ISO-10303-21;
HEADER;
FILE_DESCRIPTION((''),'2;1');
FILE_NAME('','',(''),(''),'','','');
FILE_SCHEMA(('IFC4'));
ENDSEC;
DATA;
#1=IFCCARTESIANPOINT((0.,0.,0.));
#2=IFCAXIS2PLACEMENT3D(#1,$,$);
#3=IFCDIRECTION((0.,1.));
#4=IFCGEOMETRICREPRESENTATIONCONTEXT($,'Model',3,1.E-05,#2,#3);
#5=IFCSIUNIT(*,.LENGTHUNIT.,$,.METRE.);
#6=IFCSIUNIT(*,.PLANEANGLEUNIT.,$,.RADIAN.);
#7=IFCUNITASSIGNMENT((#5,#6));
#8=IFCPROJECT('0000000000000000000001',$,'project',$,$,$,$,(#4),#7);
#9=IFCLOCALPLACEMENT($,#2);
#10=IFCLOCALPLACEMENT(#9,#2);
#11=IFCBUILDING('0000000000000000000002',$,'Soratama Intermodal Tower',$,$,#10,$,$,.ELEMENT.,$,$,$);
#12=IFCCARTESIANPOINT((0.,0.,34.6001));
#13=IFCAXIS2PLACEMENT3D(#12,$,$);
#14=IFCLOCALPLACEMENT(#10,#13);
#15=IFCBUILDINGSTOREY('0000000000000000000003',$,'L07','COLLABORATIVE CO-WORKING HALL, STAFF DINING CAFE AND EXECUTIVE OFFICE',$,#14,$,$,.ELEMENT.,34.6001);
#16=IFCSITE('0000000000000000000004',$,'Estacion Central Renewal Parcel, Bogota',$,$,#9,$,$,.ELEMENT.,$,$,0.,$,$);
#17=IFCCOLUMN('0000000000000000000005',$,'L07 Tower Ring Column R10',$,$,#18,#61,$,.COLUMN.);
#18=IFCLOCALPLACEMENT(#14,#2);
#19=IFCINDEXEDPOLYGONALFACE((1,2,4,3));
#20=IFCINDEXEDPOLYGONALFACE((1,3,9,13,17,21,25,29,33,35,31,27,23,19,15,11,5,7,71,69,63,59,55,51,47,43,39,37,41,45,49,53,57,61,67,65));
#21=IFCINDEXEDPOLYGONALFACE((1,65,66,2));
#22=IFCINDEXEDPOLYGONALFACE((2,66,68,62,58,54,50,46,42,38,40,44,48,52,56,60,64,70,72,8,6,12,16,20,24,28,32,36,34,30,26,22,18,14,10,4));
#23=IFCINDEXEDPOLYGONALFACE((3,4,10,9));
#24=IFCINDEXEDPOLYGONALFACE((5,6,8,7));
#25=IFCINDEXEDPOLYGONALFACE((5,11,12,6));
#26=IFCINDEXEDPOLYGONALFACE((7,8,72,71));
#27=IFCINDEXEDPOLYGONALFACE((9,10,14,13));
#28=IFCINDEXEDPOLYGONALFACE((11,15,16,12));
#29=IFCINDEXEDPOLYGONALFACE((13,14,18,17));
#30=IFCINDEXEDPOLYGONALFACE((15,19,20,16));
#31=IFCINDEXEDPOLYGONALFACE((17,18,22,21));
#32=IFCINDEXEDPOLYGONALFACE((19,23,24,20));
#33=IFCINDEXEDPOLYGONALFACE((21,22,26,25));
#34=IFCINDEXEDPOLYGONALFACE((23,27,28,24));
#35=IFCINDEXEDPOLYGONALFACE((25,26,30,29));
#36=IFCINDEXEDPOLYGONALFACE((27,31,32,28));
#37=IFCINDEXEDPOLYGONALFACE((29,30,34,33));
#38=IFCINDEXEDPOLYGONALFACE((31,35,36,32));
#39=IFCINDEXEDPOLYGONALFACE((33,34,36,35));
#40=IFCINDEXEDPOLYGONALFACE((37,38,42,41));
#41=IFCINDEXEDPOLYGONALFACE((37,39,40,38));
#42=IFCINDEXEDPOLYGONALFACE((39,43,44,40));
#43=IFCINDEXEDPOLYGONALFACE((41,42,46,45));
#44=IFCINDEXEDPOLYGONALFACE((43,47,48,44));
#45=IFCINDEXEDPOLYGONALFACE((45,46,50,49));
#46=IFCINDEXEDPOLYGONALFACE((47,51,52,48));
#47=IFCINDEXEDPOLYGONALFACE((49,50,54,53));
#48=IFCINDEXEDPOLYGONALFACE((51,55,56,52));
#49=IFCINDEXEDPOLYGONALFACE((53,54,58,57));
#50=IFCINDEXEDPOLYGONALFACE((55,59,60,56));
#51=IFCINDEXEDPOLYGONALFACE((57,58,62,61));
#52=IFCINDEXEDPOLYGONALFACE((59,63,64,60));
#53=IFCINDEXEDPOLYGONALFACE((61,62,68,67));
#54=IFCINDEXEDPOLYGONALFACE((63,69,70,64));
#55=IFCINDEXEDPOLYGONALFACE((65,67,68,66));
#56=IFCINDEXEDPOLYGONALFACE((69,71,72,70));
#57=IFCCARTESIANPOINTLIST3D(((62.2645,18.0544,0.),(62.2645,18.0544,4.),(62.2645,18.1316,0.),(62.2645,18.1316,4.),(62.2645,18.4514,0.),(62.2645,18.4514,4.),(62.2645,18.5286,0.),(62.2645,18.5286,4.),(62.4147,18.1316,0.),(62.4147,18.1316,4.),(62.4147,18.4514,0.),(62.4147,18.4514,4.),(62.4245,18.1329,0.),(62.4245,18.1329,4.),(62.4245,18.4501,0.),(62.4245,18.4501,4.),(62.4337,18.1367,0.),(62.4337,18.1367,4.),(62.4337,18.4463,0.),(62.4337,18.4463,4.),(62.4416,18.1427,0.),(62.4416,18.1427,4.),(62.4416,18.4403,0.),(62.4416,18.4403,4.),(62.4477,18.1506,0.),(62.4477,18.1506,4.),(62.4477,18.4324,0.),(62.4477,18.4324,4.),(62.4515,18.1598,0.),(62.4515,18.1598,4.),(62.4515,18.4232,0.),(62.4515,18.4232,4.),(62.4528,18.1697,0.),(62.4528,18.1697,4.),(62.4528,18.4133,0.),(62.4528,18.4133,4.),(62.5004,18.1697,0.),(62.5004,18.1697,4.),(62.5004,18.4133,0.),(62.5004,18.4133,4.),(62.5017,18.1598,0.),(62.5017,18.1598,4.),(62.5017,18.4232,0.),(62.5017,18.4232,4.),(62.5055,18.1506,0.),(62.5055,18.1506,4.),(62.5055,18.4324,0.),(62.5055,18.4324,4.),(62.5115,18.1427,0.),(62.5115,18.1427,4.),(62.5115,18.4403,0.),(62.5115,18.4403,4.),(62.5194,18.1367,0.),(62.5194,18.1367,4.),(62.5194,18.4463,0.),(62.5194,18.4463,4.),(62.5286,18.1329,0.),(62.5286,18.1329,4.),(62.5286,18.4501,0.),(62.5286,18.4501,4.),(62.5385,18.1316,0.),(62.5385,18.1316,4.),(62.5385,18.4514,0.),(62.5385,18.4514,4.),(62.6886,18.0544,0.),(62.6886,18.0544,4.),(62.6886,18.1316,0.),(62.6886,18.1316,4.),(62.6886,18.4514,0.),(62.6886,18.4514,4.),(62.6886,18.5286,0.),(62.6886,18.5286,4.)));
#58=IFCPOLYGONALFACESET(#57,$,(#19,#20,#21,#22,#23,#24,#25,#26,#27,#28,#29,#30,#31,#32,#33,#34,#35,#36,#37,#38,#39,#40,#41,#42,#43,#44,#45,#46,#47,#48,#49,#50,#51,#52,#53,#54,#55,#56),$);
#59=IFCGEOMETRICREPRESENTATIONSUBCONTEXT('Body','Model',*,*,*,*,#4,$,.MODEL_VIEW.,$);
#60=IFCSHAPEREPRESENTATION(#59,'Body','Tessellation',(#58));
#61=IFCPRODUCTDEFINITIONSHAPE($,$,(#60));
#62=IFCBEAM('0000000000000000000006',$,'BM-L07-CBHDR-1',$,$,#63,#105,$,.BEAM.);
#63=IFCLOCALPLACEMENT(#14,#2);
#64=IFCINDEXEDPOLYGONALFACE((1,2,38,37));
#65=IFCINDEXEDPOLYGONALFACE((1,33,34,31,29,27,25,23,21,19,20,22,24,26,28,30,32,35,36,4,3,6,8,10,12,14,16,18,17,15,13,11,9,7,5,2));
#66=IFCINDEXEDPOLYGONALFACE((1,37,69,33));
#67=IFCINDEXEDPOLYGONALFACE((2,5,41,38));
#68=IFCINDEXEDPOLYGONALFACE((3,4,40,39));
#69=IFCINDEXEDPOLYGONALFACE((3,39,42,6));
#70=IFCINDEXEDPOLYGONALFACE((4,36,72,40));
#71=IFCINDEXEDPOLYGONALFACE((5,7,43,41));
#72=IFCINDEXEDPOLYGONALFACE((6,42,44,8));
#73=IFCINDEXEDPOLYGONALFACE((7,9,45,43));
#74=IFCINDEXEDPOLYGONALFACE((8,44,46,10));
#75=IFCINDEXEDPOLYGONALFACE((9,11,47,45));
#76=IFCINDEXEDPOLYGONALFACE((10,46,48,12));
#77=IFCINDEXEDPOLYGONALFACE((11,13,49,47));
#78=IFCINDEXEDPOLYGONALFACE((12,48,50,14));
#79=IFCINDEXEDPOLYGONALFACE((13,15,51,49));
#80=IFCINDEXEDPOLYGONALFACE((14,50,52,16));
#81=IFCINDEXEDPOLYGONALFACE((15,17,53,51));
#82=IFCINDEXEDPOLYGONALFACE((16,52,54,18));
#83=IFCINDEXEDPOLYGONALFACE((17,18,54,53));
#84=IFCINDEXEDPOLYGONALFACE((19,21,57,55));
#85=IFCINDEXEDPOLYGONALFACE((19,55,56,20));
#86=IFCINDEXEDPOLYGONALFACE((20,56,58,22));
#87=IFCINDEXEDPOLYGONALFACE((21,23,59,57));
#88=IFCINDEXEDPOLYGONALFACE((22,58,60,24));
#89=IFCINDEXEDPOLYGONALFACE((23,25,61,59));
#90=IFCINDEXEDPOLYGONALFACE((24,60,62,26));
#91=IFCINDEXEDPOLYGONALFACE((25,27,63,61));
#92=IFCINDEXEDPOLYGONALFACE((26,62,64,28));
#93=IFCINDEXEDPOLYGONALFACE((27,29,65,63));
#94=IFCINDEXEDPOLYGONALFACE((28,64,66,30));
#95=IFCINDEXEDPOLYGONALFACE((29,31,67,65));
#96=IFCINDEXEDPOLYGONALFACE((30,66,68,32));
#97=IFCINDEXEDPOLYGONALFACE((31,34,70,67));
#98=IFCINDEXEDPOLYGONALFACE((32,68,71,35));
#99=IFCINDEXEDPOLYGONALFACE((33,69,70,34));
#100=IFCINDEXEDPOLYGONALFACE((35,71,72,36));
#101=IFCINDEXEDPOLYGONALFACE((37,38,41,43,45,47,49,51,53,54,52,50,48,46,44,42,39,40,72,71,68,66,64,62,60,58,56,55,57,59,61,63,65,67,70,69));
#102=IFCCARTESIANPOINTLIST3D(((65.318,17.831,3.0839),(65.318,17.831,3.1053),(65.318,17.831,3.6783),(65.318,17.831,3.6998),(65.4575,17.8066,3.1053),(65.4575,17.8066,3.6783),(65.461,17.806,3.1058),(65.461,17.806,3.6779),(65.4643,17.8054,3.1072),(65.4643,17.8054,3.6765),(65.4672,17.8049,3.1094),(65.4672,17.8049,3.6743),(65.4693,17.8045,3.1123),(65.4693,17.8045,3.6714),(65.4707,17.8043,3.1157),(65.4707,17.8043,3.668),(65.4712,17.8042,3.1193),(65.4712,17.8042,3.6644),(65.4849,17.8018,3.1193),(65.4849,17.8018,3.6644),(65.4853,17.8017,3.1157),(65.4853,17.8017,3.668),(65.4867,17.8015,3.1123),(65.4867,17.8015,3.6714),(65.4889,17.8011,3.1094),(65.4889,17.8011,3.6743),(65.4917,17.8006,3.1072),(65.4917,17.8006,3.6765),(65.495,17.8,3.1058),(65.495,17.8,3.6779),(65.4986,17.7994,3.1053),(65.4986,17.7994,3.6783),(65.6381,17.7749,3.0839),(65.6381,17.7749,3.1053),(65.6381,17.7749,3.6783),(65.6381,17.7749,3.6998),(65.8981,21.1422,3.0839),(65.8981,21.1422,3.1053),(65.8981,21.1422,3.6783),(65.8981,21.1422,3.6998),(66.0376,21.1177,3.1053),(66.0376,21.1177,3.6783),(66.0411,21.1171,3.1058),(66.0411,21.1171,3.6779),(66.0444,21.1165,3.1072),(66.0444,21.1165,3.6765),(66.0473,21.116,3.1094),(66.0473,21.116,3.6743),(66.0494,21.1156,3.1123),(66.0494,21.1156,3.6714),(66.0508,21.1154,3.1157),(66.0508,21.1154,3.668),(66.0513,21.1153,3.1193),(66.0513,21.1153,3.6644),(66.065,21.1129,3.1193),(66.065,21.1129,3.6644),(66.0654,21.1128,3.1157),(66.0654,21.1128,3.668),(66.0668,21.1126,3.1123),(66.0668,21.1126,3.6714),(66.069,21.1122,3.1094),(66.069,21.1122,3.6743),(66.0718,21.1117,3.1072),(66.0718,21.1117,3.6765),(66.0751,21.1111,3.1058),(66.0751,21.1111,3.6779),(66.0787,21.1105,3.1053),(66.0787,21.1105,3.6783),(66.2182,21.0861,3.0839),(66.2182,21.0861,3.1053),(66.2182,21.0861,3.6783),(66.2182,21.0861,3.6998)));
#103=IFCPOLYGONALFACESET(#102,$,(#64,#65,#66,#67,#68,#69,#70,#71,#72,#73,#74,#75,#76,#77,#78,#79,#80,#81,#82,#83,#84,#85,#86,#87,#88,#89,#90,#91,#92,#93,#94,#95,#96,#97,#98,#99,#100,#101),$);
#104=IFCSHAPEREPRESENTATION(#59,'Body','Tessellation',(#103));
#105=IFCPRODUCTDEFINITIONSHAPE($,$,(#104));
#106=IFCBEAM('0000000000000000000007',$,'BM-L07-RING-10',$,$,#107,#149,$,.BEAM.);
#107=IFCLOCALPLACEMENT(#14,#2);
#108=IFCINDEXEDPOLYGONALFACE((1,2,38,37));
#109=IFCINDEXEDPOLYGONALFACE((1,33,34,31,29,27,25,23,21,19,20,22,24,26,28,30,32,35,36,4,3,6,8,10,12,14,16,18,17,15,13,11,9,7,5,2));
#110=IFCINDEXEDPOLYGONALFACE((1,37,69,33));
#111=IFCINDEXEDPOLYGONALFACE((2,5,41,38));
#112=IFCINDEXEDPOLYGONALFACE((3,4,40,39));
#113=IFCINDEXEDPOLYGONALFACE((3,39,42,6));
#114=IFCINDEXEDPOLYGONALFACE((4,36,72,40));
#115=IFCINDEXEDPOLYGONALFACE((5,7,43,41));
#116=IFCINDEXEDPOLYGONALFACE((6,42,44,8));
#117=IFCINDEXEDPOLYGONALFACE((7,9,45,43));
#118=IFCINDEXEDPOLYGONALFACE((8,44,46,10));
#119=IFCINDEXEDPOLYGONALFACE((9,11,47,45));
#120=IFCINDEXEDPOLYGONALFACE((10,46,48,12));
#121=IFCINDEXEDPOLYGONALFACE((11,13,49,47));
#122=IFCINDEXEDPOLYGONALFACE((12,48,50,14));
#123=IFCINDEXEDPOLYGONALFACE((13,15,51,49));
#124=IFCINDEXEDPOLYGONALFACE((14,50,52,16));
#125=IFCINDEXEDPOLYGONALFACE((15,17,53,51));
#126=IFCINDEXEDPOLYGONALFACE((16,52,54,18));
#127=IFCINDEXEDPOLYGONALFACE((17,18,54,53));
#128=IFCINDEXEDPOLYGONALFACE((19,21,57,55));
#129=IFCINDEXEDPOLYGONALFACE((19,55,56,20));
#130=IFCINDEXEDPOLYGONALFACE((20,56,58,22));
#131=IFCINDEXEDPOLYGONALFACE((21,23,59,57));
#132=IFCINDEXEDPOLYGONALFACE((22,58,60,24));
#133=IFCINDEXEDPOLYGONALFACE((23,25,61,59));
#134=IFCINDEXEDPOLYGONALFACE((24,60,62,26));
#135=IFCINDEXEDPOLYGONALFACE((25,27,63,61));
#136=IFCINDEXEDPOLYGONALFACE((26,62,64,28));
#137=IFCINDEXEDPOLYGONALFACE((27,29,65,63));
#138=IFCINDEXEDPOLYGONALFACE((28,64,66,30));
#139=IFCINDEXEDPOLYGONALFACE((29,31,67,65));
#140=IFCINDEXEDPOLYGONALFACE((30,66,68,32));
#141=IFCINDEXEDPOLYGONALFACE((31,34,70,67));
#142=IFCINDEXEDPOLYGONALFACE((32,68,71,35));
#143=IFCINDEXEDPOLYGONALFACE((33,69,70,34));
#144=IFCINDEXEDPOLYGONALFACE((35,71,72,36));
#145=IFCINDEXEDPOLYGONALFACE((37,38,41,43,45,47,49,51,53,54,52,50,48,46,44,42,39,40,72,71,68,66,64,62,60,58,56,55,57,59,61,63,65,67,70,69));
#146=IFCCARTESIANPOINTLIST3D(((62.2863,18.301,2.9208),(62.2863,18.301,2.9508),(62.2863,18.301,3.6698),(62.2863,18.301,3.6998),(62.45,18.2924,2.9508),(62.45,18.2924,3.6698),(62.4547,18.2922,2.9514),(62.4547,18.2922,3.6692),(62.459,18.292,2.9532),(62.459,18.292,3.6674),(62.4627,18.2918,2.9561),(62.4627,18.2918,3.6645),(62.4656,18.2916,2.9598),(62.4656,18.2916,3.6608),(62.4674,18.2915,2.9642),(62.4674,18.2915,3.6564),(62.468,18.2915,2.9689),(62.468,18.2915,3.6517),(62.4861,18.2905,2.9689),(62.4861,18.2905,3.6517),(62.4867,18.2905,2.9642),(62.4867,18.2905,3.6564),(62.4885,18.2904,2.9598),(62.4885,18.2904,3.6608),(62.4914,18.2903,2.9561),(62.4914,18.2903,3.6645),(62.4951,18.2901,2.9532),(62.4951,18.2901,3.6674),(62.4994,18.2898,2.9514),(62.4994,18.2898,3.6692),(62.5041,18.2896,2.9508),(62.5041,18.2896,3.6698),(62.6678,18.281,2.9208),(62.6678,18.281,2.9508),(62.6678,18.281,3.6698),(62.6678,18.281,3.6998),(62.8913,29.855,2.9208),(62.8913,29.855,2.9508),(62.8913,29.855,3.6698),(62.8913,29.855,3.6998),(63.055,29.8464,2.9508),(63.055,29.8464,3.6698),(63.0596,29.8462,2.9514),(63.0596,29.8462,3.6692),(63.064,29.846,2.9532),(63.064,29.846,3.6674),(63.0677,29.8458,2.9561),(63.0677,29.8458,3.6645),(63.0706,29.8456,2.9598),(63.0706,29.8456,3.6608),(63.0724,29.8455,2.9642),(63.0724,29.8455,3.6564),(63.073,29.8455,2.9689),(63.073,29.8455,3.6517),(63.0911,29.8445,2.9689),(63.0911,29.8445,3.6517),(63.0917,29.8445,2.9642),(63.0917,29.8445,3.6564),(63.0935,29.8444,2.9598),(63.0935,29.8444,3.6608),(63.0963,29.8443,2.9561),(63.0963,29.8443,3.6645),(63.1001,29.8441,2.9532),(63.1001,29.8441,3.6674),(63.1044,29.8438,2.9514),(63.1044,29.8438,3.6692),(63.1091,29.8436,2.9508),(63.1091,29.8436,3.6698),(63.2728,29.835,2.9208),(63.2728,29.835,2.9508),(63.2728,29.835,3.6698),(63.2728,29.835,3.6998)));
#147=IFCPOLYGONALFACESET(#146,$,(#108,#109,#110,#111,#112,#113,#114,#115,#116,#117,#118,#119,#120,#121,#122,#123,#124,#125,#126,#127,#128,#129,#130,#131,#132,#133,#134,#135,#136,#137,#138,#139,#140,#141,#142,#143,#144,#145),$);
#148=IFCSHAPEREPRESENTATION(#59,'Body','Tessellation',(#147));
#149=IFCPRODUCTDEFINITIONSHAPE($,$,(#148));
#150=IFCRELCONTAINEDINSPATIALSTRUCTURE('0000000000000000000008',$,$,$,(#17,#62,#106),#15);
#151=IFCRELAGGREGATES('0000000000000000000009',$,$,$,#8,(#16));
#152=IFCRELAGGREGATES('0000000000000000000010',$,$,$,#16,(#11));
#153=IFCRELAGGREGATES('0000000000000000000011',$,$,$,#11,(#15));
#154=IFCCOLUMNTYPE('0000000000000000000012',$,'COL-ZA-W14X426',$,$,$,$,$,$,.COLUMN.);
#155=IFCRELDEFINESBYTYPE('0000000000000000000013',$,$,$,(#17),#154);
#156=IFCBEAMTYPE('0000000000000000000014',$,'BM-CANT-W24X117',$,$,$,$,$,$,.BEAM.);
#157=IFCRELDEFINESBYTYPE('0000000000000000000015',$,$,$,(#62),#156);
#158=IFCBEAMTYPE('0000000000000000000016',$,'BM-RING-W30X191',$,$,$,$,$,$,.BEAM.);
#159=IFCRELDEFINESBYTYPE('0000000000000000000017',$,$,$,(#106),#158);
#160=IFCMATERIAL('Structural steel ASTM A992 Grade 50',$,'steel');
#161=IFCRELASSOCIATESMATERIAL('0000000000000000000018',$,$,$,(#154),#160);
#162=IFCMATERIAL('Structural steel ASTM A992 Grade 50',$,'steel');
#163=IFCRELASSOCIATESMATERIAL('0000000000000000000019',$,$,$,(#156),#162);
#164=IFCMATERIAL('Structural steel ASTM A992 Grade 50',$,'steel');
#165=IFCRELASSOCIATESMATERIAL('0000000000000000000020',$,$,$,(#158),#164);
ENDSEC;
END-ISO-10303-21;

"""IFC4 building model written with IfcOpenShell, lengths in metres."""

from ifc_helpers import new_model, si_unit, direction, frame, origin, origin_2d, place, context, subcontext, project, spatial, i_section, extrude, material, material_profile, profile_set, type_object, element, save


model = new_model("IFC4")

# Units and contexts
model_context = context("Model", 3, precision=1e-05, world=origin(), true_north=direction((0.0, 1.0)))
body_context = subcontext(model_context, "Body", "Model", "MODEL_VIEW")
ifc_project = project(units=[si_unit("LENGTHUNIT", "METRE"), si_unit("PLANEANGLEUNIT", "RADIAN")], contexts=[model_context])

# Site, building, storey
site_placement = place(None, origin())
site = spatial("IfcSite", under=ifc_project, at=site_placement, Name="Estacion Central Renewal Parcel, Bogota", CompositionType="ELEMENT", RefElevation=0.0)
building_placement = place(site_placement, origin())
building = spatial("IfcBuilding", under=site, at=building_placement, Name="Soratama Intermodal Tower", CompositionType="ELEMENT")
storey_placement = place(building_placement, frame((0.0, 0.0, 34.6001)))
storey = spatial("IfcBuildingStorey", under=building, at=storey_placement, Name="L07", Description="COLLABORATIVE CO-WORKING HALL, STAFF DINING CAFE AND EXECUTIVE OFFICE", CompositionType="ELEMENT", Elevation=34.6001)

# Column
ifc_material_1 = material(Name="Structural steel ASTM A992 Grade 50", Category="steel")
ifc_material_profile_1 = material_profile(ifc_material_1, i_section(OverallWidth=0.4241, OverallDepth=0.4741, WebThickness=0.0476, FlangeThickness=0.0771, FilletRadius=0.0381, at=origin_2d()), Name="W14X426")
ifc_profile_set_1 = profile_set([ifc_material_profile_1], Name="Structural steel ASTM A992 Grade 50")
column_type = type_object("IfcColumnType", Name="COL-ZA-W14X426", PredefinedType="COLUMN", material=ifc_profile_set_1)
column_placement = place(storey_placement, frame((62.4766, 18.2915, 0.0), z_axis=(0.0, 0.0, 1.0), x_axis=(1.0, 0.0, 0.0)))
element("IfcColumn", 1, at=column_placement, inside=storey, type_object=column_type, Name="L07 Tower Ring Column R10", PredefinedType="COLUMN", context=body_context, shape_type="SweptSolid", body=[
    extrude(i_section(OverallWidth=0.4241, OverallDepth=0.4741, WebThickness=0.0476, FlangeThickness=0.0771, FilletRadius=0.0381, at=origin_2d()), origin(), (0.0, 0.0, 1.0), 4.0),
])

# Beams
ifc_material_2 = material(Name="Structural steel ASTM A992 Grade 50", Category="steel")
ifc_material_profile_2 = material_profile(ifc_material_2, i_section(OverallWidth=0.325, OverallDepth=0.616, WebThickness=0.0139, FlangeThickness=0.0215, FilletRadius=0.0139, at=origin_2d()), Name="W24X117")
ifc_profile_set_2 = profile_set([ifc_material_profile_2], Name="Structural steel ASTM A992 Grade 50")
beam_type_1 = type_object("IfcBeamType", Name="BM-CANT-W24X117", PredefinedType="BEAM", material=ifc_profile_set_2)
beam_1_placement = place(storey_placement, frame((65.478, 17.803, 3.3918), z_axis=(0.172567, 0.984998, 0.0), x_axis=(-0.984998, 0.172567, 0.0)))
element("IfcBeam", 2, at=beam_1_placement, inside=storey, type_object=beam_type_1, Name="BM-L07-CBHDR-1", PredefinedType="BEAM", context=body_context, shape_type="SweptSolid", body=[
    extrude(i_section(OverallWidth=0.325, OverallDepth=0.616, WebThickness=0.0139, FlangeThickness=0.0215, FilletRadius=0.0139, at=origin_2d()), origin(), (0.0, 0.0, 1.0), 3.3616),
])
ifc_material_3 = material(Name="Structural steel ASTM A992 Grade 50", Category="steel")
ifc_material_profile_3 = material_profile(ifc_material_3, i_section(OverallWidth=0.3821, OverallDepth=0.7791, WebThickness=0.0181, FlangeThickness=0.03, FilletRadius=0.0181, at=origin_2d()), Name="W30X191")
ifc_profile_set_3 = profile_set([ifc_material_profile_3], Name="Structural steel ASTM A992 Grade 50")
beam_type_2 = type_object("IfcBeamType", Name="BM-RING-W30X191", PredefinedType="BEAM", material=ifc_profile_set_3)
beam_2_placement = place(storey_placement, frame((62.4771, 18.291, 3.3103), z_axis=(0.05229, 0.998632, 0.0), x_axis=(-0.998632, 0.05229, 0.0)))
element("IfcBeam", 3, at=beam_2_placement, inside=storey, type_object=beam_type_2, Name="BM-L07-RING-10", PredefinedType="BEAM", context=body_context, shape_type="SweptSolid", body=[
    extrude(i_section(OverallWidth=0.3821, OverallDepth=0.7791, WebThickness=0.0181, FlangeThickness=0.03, FilletRadius=0.0181, at=origin_2d()), origin(), (0.0, 0.0, 1.0), 11.5698),
])

save(model, "model.ifc")
